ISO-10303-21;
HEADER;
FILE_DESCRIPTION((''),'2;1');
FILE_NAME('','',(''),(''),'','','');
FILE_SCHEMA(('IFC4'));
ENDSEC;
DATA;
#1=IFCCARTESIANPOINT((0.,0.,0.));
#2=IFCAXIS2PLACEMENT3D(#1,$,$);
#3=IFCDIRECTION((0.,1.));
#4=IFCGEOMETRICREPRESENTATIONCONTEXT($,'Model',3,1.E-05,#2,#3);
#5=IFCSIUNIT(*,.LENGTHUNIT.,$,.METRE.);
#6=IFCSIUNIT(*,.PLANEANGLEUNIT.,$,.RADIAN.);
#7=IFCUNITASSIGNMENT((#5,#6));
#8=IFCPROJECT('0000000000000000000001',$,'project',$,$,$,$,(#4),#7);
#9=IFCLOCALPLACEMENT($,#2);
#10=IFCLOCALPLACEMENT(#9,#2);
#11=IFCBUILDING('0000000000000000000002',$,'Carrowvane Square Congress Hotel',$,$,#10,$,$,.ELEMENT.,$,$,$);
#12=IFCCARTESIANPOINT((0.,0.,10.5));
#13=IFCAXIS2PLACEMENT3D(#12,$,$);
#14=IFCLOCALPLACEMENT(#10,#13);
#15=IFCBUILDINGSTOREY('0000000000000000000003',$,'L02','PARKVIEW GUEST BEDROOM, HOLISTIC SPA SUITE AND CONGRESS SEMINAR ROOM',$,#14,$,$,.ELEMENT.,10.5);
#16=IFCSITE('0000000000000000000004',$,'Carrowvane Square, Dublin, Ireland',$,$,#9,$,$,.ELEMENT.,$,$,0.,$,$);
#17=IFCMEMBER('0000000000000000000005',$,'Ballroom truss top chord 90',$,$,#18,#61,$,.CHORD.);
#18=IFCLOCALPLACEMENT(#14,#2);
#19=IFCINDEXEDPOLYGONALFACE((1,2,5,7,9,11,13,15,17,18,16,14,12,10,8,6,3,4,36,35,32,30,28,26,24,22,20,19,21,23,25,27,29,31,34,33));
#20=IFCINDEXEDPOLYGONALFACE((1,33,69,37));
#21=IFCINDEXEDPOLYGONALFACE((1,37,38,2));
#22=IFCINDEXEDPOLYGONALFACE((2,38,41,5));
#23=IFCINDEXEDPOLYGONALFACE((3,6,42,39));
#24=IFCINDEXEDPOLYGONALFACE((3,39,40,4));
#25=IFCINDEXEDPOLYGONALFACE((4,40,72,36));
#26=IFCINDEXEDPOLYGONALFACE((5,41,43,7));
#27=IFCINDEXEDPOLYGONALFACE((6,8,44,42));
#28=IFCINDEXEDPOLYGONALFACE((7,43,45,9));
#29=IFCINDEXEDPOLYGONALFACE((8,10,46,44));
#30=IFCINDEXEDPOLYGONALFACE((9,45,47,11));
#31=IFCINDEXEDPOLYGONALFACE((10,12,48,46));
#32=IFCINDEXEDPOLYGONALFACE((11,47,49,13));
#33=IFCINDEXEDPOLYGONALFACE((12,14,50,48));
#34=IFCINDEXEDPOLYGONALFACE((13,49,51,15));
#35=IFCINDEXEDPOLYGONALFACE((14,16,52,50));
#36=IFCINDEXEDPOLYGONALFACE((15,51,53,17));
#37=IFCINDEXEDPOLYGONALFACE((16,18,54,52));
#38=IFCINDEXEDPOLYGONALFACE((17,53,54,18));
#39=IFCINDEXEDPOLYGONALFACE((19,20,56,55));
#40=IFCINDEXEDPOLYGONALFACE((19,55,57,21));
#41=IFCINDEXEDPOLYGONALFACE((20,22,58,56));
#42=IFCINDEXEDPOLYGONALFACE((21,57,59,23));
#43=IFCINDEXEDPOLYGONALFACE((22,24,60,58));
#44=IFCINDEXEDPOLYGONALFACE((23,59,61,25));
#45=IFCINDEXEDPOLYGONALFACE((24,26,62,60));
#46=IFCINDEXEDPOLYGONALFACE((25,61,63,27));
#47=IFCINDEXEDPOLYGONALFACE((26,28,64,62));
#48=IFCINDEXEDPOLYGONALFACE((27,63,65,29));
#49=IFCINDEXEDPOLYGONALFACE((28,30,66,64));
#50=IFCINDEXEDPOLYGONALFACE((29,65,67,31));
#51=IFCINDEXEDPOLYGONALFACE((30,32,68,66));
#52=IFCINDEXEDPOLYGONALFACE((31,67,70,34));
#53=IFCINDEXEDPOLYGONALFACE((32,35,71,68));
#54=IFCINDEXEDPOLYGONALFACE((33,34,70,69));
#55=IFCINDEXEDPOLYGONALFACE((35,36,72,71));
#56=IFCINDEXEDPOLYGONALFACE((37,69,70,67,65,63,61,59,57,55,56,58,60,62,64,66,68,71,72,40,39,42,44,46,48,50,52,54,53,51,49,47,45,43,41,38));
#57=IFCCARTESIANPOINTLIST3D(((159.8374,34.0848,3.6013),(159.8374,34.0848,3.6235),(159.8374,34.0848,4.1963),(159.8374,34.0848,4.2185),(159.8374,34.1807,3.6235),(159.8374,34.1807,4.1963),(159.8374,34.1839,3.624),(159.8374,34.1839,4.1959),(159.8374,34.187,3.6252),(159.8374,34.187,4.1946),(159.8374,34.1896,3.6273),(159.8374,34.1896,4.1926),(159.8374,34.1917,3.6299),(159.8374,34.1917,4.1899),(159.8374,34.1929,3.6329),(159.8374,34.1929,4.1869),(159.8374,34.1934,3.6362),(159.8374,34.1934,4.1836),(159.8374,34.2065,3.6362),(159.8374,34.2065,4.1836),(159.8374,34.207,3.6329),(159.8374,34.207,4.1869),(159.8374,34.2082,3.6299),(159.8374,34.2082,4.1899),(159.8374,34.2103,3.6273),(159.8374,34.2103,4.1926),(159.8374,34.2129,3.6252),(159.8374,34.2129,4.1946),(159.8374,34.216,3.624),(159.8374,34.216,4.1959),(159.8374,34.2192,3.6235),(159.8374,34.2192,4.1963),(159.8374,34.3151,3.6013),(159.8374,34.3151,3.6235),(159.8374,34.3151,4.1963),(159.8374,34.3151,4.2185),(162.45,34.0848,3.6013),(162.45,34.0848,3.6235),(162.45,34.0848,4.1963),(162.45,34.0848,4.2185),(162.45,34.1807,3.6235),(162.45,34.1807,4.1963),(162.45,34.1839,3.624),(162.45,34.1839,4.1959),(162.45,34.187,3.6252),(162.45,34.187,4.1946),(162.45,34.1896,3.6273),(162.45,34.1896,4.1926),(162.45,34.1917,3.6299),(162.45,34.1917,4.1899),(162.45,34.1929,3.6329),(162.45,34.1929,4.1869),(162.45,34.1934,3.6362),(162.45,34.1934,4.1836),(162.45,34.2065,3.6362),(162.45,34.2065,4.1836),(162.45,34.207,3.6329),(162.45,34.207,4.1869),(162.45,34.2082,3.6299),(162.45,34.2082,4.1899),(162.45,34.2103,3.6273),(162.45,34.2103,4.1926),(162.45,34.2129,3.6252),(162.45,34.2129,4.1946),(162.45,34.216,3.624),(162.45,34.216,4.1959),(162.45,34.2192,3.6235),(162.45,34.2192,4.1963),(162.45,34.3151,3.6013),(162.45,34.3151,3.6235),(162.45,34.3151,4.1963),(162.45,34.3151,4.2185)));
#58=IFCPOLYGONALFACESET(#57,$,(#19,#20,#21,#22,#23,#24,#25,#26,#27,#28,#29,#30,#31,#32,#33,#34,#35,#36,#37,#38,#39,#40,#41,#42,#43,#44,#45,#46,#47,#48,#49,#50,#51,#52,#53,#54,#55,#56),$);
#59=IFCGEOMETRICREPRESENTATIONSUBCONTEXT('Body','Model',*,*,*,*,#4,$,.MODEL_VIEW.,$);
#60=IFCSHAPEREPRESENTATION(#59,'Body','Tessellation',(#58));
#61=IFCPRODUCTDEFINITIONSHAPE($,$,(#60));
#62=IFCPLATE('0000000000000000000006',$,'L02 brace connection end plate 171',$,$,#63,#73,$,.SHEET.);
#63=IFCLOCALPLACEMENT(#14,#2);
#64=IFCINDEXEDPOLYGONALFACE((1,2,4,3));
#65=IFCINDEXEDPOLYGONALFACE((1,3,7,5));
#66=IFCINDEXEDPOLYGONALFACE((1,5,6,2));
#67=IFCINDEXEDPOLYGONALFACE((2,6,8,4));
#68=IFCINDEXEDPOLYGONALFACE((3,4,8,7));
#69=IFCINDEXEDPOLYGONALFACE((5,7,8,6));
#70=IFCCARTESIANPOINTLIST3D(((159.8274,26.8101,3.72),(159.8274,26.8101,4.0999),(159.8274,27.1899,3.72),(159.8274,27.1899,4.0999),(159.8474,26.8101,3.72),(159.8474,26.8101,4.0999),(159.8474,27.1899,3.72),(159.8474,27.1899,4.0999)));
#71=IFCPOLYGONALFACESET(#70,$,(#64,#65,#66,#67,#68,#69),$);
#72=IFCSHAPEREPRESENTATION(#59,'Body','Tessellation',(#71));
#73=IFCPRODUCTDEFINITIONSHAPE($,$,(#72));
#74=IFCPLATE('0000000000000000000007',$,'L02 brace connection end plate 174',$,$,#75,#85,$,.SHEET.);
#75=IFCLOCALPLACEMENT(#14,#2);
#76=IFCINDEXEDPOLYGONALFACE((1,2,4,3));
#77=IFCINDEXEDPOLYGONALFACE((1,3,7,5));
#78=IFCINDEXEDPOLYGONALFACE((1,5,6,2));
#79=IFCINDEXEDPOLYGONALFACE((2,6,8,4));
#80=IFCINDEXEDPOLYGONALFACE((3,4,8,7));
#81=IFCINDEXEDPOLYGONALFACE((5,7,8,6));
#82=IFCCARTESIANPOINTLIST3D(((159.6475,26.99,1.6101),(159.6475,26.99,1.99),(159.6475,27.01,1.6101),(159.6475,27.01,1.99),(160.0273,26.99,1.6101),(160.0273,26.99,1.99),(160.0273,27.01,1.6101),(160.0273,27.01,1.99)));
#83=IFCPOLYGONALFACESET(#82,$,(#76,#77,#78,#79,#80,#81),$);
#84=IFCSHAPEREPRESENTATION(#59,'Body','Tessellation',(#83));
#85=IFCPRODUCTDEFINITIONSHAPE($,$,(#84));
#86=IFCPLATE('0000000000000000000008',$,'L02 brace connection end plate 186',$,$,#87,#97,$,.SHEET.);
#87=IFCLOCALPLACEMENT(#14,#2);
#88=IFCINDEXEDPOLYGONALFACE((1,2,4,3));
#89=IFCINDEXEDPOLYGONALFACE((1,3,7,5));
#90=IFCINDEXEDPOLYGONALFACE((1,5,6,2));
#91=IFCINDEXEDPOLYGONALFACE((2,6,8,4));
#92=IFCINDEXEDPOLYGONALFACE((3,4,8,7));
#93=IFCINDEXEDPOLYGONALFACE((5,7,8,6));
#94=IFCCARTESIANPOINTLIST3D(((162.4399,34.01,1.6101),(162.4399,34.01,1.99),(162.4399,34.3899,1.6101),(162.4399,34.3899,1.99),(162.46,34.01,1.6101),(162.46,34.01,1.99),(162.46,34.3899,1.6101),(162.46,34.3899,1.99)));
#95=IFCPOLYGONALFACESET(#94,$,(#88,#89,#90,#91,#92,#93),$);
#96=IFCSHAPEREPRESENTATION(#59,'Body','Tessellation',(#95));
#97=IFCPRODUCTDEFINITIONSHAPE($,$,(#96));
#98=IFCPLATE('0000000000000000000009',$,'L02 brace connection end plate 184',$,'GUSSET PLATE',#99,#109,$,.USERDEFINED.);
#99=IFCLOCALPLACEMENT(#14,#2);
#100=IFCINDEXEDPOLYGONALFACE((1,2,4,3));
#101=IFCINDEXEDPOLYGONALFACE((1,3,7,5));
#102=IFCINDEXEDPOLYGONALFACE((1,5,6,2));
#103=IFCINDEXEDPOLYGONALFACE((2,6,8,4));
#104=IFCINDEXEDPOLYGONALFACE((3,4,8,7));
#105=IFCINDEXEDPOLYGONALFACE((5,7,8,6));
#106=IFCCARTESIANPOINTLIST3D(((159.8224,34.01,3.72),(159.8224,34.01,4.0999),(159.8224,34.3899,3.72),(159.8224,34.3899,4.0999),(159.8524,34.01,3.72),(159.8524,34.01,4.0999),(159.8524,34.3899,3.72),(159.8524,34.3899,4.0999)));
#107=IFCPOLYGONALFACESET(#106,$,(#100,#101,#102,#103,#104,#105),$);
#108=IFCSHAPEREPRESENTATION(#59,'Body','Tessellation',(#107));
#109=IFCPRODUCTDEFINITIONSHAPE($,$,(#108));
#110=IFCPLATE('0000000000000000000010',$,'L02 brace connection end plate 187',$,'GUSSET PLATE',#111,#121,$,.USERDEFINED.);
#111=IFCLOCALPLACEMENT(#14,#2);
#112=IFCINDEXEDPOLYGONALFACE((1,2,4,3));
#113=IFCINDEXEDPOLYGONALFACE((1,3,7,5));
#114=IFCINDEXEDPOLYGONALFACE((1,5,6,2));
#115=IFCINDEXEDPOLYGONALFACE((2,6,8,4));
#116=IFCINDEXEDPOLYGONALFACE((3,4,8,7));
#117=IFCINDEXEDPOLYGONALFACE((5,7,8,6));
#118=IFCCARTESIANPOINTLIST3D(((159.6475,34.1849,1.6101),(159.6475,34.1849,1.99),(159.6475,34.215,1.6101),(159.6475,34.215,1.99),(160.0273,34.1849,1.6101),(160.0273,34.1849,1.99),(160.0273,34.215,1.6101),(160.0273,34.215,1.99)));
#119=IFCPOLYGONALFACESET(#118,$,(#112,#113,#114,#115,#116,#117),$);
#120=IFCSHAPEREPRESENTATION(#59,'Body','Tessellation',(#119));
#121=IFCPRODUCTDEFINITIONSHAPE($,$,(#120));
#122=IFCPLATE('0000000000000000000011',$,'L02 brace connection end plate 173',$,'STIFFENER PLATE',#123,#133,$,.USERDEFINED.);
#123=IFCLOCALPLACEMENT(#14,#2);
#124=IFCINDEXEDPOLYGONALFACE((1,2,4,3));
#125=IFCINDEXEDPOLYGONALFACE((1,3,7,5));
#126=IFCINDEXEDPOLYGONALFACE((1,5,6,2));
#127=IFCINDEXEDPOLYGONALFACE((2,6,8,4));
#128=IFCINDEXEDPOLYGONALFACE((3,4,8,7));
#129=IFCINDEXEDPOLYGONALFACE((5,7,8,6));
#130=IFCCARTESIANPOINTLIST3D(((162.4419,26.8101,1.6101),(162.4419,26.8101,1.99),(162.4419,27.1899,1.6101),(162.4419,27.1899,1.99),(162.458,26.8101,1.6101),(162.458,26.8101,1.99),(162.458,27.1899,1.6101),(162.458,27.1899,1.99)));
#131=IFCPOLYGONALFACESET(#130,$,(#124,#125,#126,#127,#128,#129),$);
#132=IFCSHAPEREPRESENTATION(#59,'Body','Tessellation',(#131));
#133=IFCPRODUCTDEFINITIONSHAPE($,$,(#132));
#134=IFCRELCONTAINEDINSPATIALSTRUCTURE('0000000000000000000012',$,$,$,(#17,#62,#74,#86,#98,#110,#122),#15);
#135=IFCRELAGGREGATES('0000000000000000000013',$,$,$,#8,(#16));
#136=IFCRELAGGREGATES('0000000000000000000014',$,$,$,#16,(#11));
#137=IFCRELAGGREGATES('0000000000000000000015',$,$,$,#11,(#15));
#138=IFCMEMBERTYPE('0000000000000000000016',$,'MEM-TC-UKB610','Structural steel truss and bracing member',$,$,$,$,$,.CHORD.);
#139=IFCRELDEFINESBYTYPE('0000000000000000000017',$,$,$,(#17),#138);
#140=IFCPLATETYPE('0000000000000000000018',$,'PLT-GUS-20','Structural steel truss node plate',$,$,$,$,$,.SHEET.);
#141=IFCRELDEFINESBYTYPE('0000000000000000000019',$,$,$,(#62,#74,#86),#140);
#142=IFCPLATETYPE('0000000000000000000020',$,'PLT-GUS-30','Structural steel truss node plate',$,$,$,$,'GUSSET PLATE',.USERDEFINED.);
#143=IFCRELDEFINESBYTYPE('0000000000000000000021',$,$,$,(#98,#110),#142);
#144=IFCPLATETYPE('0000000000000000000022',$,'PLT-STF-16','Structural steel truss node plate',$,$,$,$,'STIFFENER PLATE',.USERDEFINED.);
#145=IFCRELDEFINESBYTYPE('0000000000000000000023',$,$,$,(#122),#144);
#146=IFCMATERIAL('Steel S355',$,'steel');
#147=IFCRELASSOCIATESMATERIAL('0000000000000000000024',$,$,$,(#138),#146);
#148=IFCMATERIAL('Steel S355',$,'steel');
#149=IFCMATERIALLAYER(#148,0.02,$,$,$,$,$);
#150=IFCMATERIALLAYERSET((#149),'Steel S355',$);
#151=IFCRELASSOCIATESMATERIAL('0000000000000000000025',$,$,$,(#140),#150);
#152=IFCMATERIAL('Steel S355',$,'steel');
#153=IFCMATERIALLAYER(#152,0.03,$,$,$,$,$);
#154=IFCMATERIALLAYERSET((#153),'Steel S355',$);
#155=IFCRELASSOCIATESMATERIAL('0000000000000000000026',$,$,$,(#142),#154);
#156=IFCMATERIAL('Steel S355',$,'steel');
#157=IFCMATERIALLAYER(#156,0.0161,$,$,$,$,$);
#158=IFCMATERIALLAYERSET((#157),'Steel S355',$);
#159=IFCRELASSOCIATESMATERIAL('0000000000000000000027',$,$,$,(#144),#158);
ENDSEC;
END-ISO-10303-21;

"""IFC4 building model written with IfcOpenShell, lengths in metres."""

from ifc_helpers import new_model, si_unit, direction, frame, origin, origin_2d, place, context, subcontext, project, spatial, rectangle, i_section, extrude, material, layer, layer_set, material_profile, profile_set, type_object, element, save


model = new_model("IFC4")

# Units and contexts
model_context = context("Model", 3, precision=1e-05, world=origin(), true_north=direction((0.0, 1.0)))
body_context = subcontext(model_context, "Body", "Model", "MODEL_VIEW")
ifc_project = project(units=[si_unit("LENGTHUNIT", "METRE"), si_unit("PLANEANGLEUNIT", "RADIAN")], contexts=[model_context])

# Site, building, storey
site_placement = place(None, origin())
site = spatial("IfcSite", under=ifc_project, at=site_placement, Name="Carrowvane Square, Dublin, Ireland", CompositionType="ELEMENT", RefElevation=0.0)
building_placement = place(site_placement, origin())
building = spatial("IfcBuilding", under=site, at=building_placement, Name="Carrowvane Square Congress Hotel", CompositionType="ELEMENT")
storey_placement = place(building_placement, frame((0.0, 0.0, 10.5)))
storey = spatial("IfcBuildingStorey", under=building, at=storey_placement, Name="L02", Description="PARKVIEW GUEST BEDROOM, HOLISTIC SPA SUITE AND CONGRESS SEMINAR ROOM", CompositionType="ELEMENT", Elevation=10.5)

# Member
ifc_material_1 = material(Name="Steel S355", Category="steel")
ifc_material_profile_1 = material_profile(ifc_material_1, i_section(OverallWidth=0.2302, OverallDepth=0.6172, WebThickness=0.0132, FlangeThickness=0.0222, FilletRadius=0.0127, at=origin_2d()), Name="UKB 610x229x140")
ifc_profile_set_1 = profile_set([ifc_material_profile_1], Name="Steel S355")
member_type_1 = type_object("IfcMemberType", Name="MEM-TC-UKB610", Description="Structural steel truss and bracing member", PredefinedType="CHORD", material=ifc_profile_set_1)
member_1_placement = place(storey_placement, frame((159.8374, 34.2, 3.9099), z_axis=(1.0, 0.0, 0.0), x_axis=(0.0, 1.0, 0.0)))
element("IfcMember", 1, at=member_1_placement, inside=storey, type_object=member_type_1, Name="Ballroom truss top chord 90", PredefinedType="CHORD", context=body_context, shape_type="SweptSolid", body=[
    extrude(i_section(OverallWidth=0.2302, OverallDepth=0.6172, WebThickness=0.0132, FlangeThickness=0.0222, FilletRadius=0.0127, at=origin_2d()), origin(), (0.0, 0.0, 1.0), 2.6125),
])

# Plates
ifc_material_2 = material(Name="Steel S355", Category="steel")
ifc_layer_1 = layer(ifc_material_2, 0.02)
ifc_layer_set_1 = layer_set([ifc_layer_1], Name="Steel S355")
plate_type_1 = type_object("IfcPlateType", Name="PLT-GUS-20", Description="Structural steel truss node plate", PredefinedType="SHEET", material=ifc_layer_set_1)
plate_1_placement = place(storey_placement, frame((159.8374, 27.0, 3.72), z_axis=(0.0, 0.0, 1.0), x_axis=(1.0, 0.0, 0.0)))
element("IfcPlate", 2, at=plate_1_placement, inside=storey, type_object=plate_type_1, Name="L02 brace connection end plate 171", PredefinedType="SHEET", context=body_context, shape_type="SweptSolid", body=[
    extrude(rectangle(XDim=0.02, YDim=0.3799, at=origin_2d()), origin(), (0.0, 0.0, 1.0), 0.3799),
])
plate_2_placement = place(storey_placement, frame((159.8374, 27.0, 1.6101), z_axis=(0.0, 0.0, 1.0), x_axis=(1.0, 0.0, 0.0)))
element("IfcPlate", 3, at=plate_2_placement, inside=storey, type_object=plate_type_1, Name="L02 brace connection end plate 174", PredefinedType="SHEET", context=body_context, shape_type="SweptSolid", body=[
    extrude(rectangle(XDim=0.3799, YDim=0.02, at=origin_2d()), origin(), (0.0, 0.0, 1.0), 0.3799),
])
plate_3_placement = place(storey_placement, frame((162.45, 34.2, 1.6101), z_axis=(0.0, 0.0, 1.0), x_axis=(1.0, 0.0, 0.0)))
element("IfcPlate", 4, at=plate_3_placement, inside=storey, type_object=plate_type_1, Name="L02 brace connection end plate 186", PredefinedType="SHEET", context=body_context, shape_type="SweptSolid", body=[
    extrude(rectangle(XDim=0.02, YDim=0.3799, at=origin_2d()), origin(), (0.0, 0.0, 1.0), 0.3799),
])
ifc_material_3 = material(Name="Steel S355", Category="steel")
ifc_layer_2 = layer(ifc_material_3, 0.03)
ifc_layer_set_2 = layer_set([ifc_layer_2], Name="Steel S355")
plate_type_2 = type_object("IfcPlateType", Name="PLT-GUS-30", Description="Structural steel truss node plate", ElementType="GUSSET PLATE", PredefinedType="USERDEFINED", material=ifc_layer_set_2)
plate_4_placement = place(storey_placement, frame((159.8374, 34.2, 3.72), z_axis=(0.0, 0.0, 1.0), x_axis=(1.0, 0.0, 0.0)))
element("IfcPlate", 5, at=plate_4_placement, inside=storey, type_object=plate_type_2, Name="L02 brace connection end plate 184", ObjectType="GUSSET PLATE", PredefinedType="USERDEFINED", context=body_context, shape_type="SweptSolid", body=[
    extrude(rectangle(XDim=0.03, YDim=0.3799, at=origin_2d()), origin(), (0.0, 0.0, 1.0), 0.3799),
])
plate_5_placement = place(storey_placement, frame((159.8374, 34.2, 1.6101), z_axis=(0.0, 0.0, 1.0), x_axis=(1.0, 0.0, 0.0)))
element("IfcPlate", 6, at=plate_5_placement, inside=storey, type_object=plate_type_2, Name="L02 brace connection end plate 187", ObjectType="GUSSET PLATE", PredefinedType="USERDEFINED", context=body_context, shape_type="SweptSolid", body=[
    extrude(rectangle(XDim=0.3799, YDim=0.03, at=origin_2d()), origin(), (0.0, 0.0, 1.0), 0.3799),
])
ifc_material_4 = material(Name="Steel S355", Category="steel")
ifc_layer_3 = layer(ifc_material_4, 0.0161)
ifc_layer_set_3 = layer_set([ifc_layer_3], Name="Steel S355")
plate_type_3 = type_object("IfcPlateType", Name="PLT-STF-16", Description="Structural steel truss node plate", ElementType="STIFFENER PLATE", PredefinedType="USERDEFINED", material=ifc_layer_set_3)
plate_6_placement = place(storey_placement, frame((162.45, 27.0, 1.6101), z_axis=(0.0, 0.0, 1.0), x_axis=(1.0, 0.0, 0.0)))
element("IfcPlate", 7, at=plate_6_placement, inside=storey, type_object=plate_type_3, Name="L02 brace connection end plate 173", ObjectType="STIFFENER PLATE", PredefinedType="USERDEFINED", context=body_context, shape_type="SweptSolid", body=[
    extrude(rectangle(XDim=0.0161, YDim=0.3799, at=origin_2d()), origin(), (0.0, 0.0, 1.0), 0.3799),
])

save(model, "model.ifc")
